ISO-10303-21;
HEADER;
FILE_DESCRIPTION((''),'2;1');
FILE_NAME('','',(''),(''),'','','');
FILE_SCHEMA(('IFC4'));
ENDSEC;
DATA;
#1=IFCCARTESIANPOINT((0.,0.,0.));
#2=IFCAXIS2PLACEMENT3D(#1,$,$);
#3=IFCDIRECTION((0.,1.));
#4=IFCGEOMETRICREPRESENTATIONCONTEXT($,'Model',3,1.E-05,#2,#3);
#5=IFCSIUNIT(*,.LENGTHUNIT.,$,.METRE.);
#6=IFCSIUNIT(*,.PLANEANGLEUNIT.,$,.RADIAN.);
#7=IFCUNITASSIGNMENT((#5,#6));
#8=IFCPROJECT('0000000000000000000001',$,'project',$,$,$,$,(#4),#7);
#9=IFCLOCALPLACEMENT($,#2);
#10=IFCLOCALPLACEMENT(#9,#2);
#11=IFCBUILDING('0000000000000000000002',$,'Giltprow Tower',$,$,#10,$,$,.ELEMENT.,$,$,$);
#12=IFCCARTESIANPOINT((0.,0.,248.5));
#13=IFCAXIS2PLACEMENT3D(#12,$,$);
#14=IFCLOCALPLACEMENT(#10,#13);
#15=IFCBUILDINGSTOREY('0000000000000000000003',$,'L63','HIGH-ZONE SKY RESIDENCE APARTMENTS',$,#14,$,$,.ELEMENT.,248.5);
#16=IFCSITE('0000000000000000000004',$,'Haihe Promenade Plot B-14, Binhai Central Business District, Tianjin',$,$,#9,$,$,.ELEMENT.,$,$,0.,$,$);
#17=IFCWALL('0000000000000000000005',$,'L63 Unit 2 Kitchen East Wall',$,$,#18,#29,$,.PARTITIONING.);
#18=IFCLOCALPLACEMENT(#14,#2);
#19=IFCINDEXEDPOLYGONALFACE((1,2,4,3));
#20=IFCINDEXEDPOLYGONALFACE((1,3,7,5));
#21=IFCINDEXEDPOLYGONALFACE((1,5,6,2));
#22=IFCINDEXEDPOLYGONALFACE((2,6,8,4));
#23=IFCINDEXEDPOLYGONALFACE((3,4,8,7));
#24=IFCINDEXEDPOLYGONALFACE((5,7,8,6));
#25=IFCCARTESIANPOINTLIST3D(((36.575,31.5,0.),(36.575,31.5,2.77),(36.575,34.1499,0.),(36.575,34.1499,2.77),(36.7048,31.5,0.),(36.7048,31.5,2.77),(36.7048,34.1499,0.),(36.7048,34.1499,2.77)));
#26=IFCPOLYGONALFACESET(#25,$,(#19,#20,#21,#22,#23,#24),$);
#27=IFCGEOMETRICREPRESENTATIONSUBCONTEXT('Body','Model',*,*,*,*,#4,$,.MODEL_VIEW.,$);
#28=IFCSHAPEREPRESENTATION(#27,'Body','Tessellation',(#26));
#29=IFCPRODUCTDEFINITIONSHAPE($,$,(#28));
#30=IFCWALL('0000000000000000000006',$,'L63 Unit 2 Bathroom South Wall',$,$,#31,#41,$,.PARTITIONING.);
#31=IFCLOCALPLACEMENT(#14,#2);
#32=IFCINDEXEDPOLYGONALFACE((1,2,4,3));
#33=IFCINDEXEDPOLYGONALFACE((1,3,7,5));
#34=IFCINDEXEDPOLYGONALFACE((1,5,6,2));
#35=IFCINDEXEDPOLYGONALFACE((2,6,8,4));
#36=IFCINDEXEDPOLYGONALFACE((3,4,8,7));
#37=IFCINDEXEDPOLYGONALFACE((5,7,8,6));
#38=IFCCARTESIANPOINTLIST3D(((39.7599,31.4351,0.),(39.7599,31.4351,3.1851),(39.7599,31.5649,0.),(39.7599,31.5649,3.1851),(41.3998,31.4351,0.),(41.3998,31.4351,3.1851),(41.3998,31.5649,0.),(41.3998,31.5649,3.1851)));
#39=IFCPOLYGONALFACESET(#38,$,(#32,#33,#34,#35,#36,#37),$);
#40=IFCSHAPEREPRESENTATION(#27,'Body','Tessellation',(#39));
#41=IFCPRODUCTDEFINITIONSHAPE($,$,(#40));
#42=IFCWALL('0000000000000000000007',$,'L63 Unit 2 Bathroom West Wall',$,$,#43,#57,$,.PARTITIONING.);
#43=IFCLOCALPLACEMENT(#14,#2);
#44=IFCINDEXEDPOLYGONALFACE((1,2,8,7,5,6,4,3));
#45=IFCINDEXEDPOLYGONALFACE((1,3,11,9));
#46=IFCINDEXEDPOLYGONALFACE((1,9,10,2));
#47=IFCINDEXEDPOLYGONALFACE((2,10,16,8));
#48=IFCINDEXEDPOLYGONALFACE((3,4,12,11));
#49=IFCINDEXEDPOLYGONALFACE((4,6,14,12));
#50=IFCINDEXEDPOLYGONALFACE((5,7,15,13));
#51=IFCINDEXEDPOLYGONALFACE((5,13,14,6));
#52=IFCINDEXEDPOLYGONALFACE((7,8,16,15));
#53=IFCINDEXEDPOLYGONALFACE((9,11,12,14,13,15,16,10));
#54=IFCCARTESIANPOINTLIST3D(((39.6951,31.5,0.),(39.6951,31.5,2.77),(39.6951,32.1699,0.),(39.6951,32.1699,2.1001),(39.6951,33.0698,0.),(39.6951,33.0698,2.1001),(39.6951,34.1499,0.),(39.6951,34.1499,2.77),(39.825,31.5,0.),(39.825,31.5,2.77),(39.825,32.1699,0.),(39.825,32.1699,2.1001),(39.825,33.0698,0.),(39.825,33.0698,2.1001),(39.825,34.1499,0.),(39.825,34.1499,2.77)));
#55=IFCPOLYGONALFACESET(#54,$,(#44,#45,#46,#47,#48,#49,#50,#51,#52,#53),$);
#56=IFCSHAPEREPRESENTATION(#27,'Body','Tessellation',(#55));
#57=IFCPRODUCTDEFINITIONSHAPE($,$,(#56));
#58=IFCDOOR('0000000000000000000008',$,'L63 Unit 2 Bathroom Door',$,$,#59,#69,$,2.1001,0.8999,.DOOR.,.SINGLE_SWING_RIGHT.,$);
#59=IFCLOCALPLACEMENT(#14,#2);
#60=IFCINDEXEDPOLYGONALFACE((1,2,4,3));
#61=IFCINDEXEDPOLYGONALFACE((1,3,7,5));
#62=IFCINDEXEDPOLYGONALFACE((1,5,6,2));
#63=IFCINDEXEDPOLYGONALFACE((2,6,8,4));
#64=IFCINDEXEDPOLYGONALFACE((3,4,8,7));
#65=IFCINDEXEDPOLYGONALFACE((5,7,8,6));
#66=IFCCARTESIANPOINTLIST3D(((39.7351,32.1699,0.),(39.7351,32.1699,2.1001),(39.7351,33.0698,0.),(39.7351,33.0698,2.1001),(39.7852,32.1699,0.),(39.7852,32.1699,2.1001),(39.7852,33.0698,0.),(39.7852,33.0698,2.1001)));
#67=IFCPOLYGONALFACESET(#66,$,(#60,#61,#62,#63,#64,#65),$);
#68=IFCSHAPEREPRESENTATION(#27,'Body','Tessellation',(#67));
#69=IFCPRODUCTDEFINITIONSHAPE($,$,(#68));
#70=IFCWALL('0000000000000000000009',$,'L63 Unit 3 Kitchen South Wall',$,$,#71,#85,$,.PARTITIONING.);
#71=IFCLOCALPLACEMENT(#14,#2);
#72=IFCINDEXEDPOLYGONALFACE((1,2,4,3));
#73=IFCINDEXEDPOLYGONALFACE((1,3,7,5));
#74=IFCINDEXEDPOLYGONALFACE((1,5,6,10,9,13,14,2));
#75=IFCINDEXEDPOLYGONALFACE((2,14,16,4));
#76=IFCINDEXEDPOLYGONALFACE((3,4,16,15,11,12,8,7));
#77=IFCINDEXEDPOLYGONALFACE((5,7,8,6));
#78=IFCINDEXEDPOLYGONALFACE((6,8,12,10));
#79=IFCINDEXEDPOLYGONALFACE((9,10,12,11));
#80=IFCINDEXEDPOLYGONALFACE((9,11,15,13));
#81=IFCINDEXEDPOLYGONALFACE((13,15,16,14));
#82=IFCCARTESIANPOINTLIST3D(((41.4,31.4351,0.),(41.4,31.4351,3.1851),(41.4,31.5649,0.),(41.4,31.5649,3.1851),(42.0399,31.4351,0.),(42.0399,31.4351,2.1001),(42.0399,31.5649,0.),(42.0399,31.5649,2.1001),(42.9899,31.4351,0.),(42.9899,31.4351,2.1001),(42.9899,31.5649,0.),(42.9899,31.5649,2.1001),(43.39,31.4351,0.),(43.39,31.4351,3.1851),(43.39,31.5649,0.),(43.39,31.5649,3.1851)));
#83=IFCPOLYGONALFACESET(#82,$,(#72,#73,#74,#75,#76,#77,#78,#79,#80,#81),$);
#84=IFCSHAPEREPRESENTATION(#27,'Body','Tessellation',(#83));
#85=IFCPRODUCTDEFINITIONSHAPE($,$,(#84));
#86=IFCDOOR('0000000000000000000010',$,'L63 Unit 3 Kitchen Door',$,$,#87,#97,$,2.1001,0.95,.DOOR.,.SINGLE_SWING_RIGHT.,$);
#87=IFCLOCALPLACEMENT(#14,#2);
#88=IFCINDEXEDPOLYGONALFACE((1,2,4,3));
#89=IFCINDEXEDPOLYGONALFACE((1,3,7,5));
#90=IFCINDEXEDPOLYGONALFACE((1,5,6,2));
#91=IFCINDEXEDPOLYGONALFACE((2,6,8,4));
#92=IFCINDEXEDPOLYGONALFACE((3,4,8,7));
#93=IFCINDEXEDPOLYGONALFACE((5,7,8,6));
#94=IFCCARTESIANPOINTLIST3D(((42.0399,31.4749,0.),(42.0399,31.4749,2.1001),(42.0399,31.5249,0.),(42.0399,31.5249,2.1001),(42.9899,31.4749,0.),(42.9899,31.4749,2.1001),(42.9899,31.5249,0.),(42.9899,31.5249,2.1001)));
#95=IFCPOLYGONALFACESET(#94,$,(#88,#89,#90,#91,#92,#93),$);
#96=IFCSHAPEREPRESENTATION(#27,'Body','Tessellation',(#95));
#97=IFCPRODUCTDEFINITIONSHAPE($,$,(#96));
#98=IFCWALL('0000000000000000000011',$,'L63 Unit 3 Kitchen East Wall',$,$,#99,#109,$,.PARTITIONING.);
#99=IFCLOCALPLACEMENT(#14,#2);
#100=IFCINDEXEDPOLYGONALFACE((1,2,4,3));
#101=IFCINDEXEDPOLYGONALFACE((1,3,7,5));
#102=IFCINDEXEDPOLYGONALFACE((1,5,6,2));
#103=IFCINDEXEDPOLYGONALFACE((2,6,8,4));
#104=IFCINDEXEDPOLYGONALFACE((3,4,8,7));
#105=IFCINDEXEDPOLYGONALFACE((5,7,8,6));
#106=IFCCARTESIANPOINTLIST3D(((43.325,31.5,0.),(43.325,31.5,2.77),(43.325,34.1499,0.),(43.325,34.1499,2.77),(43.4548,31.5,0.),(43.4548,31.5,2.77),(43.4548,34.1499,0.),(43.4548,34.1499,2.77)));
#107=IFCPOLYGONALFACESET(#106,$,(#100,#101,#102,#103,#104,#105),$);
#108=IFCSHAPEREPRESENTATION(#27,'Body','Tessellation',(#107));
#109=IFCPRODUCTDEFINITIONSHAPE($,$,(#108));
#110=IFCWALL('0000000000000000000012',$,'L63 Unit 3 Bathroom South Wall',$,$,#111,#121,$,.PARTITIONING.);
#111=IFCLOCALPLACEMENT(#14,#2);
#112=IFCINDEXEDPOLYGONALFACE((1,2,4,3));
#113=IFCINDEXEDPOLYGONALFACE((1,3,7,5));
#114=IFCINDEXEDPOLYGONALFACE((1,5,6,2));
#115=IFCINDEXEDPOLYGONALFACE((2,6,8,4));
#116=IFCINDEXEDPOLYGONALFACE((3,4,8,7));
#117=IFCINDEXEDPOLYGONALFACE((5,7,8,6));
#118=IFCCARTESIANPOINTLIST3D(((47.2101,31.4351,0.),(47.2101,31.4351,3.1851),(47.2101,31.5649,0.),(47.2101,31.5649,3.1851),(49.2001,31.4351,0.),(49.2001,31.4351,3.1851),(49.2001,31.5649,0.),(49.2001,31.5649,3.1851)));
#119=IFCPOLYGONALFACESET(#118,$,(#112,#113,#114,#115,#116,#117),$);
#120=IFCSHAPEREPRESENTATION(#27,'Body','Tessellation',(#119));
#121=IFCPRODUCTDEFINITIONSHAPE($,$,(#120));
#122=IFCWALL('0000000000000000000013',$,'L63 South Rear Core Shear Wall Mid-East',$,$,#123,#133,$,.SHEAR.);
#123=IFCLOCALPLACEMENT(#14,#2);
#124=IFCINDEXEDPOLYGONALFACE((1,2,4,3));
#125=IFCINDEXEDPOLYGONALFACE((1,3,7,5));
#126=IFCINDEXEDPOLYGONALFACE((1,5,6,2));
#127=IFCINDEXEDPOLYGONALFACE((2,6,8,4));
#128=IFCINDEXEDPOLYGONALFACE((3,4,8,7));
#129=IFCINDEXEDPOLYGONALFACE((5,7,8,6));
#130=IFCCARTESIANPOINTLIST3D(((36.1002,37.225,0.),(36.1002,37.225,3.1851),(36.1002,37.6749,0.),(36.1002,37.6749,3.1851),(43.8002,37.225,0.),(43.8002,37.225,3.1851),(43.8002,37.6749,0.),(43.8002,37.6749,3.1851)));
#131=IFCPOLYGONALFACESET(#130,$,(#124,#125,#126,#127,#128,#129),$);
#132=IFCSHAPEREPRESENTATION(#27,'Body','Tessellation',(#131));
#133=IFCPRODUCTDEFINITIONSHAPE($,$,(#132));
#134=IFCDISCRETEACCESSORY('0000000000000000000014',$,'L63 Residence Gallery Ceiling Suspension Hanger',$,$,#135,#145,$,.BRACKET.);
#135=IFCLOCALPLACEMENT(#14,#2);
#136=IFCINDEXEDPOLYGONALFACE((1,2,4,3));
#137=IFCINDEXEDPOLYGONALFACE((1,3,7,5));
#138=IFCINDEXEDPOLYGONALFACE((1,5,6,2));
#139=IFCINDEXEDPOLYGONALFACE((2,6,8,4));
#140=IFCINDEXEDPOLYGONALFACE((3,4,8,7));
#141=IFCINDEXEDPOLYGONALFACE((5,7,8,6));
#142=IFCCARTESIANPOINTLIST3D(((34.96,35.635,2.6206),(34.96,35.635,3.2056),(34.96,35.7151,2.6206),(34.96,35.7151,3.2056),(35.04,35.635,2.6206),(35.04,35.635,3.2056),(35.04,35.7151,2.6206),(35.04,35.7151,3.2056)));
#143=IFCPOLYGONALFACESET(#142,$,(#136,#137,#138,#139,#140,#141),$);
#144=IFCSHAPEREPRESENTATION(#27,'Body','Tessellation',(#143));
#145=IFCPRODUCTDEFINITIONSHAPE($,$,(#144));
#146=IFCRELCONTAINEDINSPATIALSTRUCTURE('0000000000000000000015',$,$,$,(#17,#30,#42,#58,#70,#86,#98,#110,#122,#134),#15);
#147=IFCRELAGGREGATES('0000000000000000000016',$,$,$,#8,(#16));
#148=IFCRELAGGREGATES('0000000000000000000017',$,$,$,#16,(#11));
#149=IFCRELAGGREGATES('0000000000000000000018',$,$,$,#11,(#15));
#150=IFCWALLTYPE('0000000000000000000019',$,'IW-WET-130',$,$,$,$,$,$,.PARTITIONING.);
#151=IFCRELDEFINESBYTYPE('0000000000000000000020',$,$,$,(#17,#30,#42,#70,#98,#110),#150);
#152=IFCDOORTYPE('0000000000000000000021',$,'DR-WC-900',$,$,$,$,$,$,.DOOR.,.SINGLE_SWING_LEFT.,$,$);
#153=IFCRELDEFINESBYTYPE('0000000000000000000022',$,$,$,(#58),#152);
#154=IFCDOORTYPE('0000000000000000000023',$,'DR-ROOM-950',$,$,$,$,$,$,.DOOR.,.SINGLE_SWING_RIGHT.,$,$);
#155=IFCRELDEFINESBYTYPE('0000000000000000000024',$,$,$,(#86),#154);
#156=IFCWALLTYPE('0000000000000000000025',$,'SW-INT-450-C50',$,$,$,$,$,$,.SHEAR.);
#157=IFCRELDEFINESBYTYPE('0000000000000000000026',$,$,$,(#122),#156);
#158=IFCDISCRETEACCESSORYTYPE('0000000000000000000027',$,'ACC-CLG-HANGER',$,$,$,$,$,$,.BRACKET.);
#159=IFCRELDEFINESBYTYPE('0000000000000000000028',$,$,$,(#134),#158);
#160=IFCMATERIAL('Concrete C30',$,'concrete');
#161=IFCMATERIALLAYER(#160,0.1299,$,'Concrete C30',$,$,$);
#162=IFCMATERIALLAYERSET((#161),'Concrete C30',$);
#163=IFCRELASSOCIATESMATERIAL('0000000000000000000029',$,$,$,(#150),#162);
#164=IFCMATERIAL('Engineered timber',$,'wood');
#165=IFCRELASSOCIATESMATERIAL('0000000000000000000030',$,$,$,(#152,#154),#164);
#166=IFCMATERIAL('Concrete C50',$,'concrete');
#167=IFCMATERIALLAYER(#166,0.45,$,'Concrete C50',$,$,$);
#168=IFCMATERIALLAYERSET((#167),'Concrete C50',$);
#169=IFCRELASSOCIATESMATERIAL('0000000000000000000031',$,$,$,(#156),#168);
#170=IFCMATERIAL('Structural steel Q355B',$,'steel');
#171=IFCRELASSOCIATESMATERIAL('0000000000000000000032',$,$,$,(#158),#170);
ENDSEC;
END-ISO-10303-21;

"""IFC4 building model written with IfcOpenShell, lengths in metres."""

from ifc_helpers import new_model, si_unit, direction, frame, frame_2d, origin, origin_2d, place, context, subcontext, project, spatial, rectangle, extrude, source, transform, mapped, material, layer, layer_set, type_object, element, fill, save


model = new_model("IFC4")

# Units and contexts
model_context = context("Model", 3, precision=1e-05, world=origin(), true_north=direction((0.0, 1.0)))
body_context = subcontext(model_context, "Body", "Model", "MODEL_VIEW")
ifc_project = project(units=[si_unit("LENGTHUNIT", "METRE"), si_unit("PLANEANGLEUNIT", "RADIAN")], contexts=[model_context])

# Site, building, storey
site_placement = place(None, origin())
site = spatial("IfcSite", under=ifc_project, at=site_placement, Name="Haihe Promenade Plot B-14, Binhai Central Business District, Tianjin", CompositionType="ELEMENT", RefElevation=0.0)
building_placement = place(site_placement, origin())
building = spatial("IfcBuilding", under=site, at=building_placement, Name="Giltprow Tower", CompositionType="ELEMENT")
storey_placement = place(building_placement, frame((0.0, 0.0, 248.5)))
storey = spatial("IfcBuildingStorey", under=building, at=storey_placement, Name="L63", Description="HIGH-ZONE SKY RESIDENCE APARTMENTS", CompositionType="ELEMENT", Elevation=248.5)

# Shared definitions
ifc_material_1 = material(Name="Concrete C50", Category="concrete")

# Shared definitions
ifc_material_2 = material(Name="Structural steel Q355B", Category="steel")

# Shared definitions
ifc_material_3 = material(Name="Concrete C30", Category="concrete")
ifc_layer_1 = layer(ifc_material_3, 0.1299, Name="Concrete C30")
ifc_layer_set_1 = layer_set([ifc_layer_1], Name="Concrete C30")
wall_type_1 = type_object("IfcWallType", Name="IW-WET-130", PredefinedType="PARTITIONING", material=ifc_layer_set_1)
ifc_material_4 = material(Name="Engineered timber", Category="wood")
door_type_1 = type_object("IfcDoorType", Name="DR-WC-900", OperationType="SINGLE_SWING_LEFT", PredefinedType="DOOR", material=ifc_material_4)
shared_shape_1 = source(origin(), body_context, "Body", "SweptSolid", [
    extrude(rectangle(XDim=0.8999, YDim=2.1001, at=frame_2d((0.45, 1.05))), frame((0.0, 0.0249, 0.0), z_axis=(0.0, -1.0, 0.0), x_axis=(1.0, 0.0, 0.0)), (0.0, 0.0, 1.0), 0.05),
])
door_type_2 = type_object("IfcDoorType", Name="DR-ROOM-950", OperationType="SINGLE_SWING_RIGHT", PredefinedType="DOOR", material=ifc_material_4)
shared_shape_2 = source(origin(), body_context, "Body", "SweptSolid", [
    extrude(rectangle(XDim=0.95, YDim=2.1001, at=frame_2d((0.4751, 1.05))), frame((0.0, 0.0249, 0.0), z_axis=(0.0, -1.0, 0.0), x_axis=(1.0, 0.0, 0.0)), (0.0, 0.0, 1.0), 0.05),
])

# Walls
wall_1_placement = place(storey_placement, frame((36.6399, 31.5, 0.0), z_axis=(0.0, 0.0, 1.0), x_axis=(0.0, 1.0, 0.0)))
element("IfcWall", 1, at=wall_1_placement, inside=storey, type_object=wall_type_1, Name="L63 Unit 2 Kitchen East Wall", PredefinedType="PARTITIONING", context=body_context, shape_type="SweptSolid", body=[
    extrude(rectangle(XDim=2.6499, YDim=0.1299, at=frame_2d((1.325, 0.0))), origin(), (0.0, 0.0, 1.0), 2.77),
])
wall_2_placement = place(storey_placement, frame((39.76, 31.5, 0.0), z_axis=(0.0, 0.0, 1.0), x_axis=(1.0, 0.0, 0.0)))
element("IfcWall", 2, at=wall_2_placement, inside=storey, type_object=wall_type_1, Name="L63 Unit 2 Bathroom South Wall", PredefinedType="PARTITIONING", context=body_context, shape_type="SweptSolid", body=[
    extrude(rectangle(XDim=1.6399, YDim=0.1299, at=frame_2d((0.8198, 0.0))), origin(), (0.0, 0.0, 1.0), 3.1851),
])

# Walls, openings, doors
wall_3_placement = place(storey_placement, frame((39.76, 31.5, 0.0), z_axis=(0.0, 0.0, 1.0), x_axis=(0.0, 1.0, 0.0)))
wall_3 = element("IfcWall", 3, at=wall_3_placement, inside=storey, type_object=wall_type_1, Name="L63 Unit 2 Bathroom West Wall", PredefinedType="PARTITIONING", context=body_context, shape_type="SweptSolid", body=[
    extrude(rectangle(XDim=2.6499, YDim=0.1299, at=frame_2d((1.325, 0.0))), origin(), (0.0, 0.0, 1.0), 2.77),
])
opening_1_placement = place(wall_3_placement, frame((0.6699, 0.0, 0.0)))
opening_1 = element("IfcOpeningElement", 4, at=opening_1_placement, cuts=wall_3, PredefinedType="OPENING", context=body_context, shape_type="SweptSolid", body=[
    extrude(rectangle(XDim=0.8999, YDim=2.1001, at=frame_2d((0.45, 1.05))), frame((0.0, 0.075, 0.0), z_axis=(0.0, -1.0, 0.0), x_axis=(1.0, 0.0, 0.0)), (0.0, 0.0, 1.0), 0.1499),
])
door_1_placement = place(opening_1_placement, origin())
door_1 = element("IfcDoor", 5, at=door_1_placement, inside=storey, type_object=door_type_1, Name="L63 Unit 2 Bathroom Door", OperationType="SINGLE_SWING_RIGHT", OverallHeight=2.1001, OverallWidth=0.8999, PredefinedType="DOOR", context=body_context, shape_type="MappedRepresentation", body=[
    mapped(shared_shape_1, transform((0.0, 0.0, 0.0), x_axis=(1.0, 0.0, 0.0), y_axis=(0.0, 1.0, 0.0), z_axis=(0.0, 0.0, 1.0), scale=1.0)),
])
fill(opening_1, door_1)
wall_4_placement = place(storey_placement, frame((41.3999, 31.5, 0.0), z_axis=(0.0, 0.0, 1.0), x_axis=(1.0, 0.0, 0.0)))
wall_4 = element("IfcWall", 6, at=wall_4_placement, inside=storey, type_object=wall_type_1, Name="L63 Unit 3 Kitchen South Wall", PredefinedType="PARTITIONING", context=body_context, shape_type="SweptSolid", body=[
    extrude(rectangle(XDim=1.99, YDim=0.1299, at=frame_2d((0.9951, 0.0))), origin(), (0.0, 0.0, 1.0), 3.1851),
])
opening_2_placement = place(wall_4_placement, frame((0.6399, 0.0, 0.0)))
opening_2 = element("IfcOpeningElement", 7, at=opening_2_placement, cuts=wall_4, PredefinedType="OPENING", context=body_context, shape_type="SweptSolid", body=[
    extrude(rectangle(XDim=0.95, YDim=2.1001, at=frame_2d((0.4751, 1.05))), frame((0.0, 0.075, 0.0), z_axis=(0.0, -1.0, 0.0), x_axis=(1.0, 0.0, 0.0)), (0.0, 0.0, 1.0), 0.1499),
])
door_2_placement = place(opening_2_placement, origin())
door_2 = element("IfcDoor", 8, at=door_2_placement, inside=storey, type_object=door_type_2, Name="L63 Unit 3 Kitchen Door", OperationType="SINGLE_SWING_RIGHT", OverallHeight=2.1001, OverallWidth=0.95, PredefinedType="DOOR", context=body_context, shape_type="MappedRepresentation", body=[
    mapped(shared_shape_2, transform((0.0, 0.0, 0.0), x_axis=(1.0, 0.0, 0.0), y_axis=(0.0, 1.0, 0.0), z_axis=(0.0, 0.0, 1.0), scale=1.0)),
])
fill(opening_2, door_2)

# Walls
wall_5_placement = place(storey_placement, frame((43.3899, 31.5, 0.0), z_axis=(0.0, 0.0, 1.0), x_axis=(0.0, 1.0, 0.0)))
element("IfcWall", 9, at=wall_5_placement, inside=storey, type_object=wall_type_1, Name="L63 Unit 3 Kitchen East Wall", PredefinedType="PARTITIONING", context=body_context, shape_type="SweptSolid", body=[
    extrude(rectangle(XDim=2.6499, YDim=0.1299, at=frame_2d((1.325, 0.0))), origin(), (0.0, 0.0, 1.0), 2.77),
])
wall_6_placement = place(storey_placement, frame((47.21, 31.5, 0.0), z_axis=(0.0, 0.0, 1.0), x_axis=(1.0, 0.0, 0.0)))
element("IfcWall", 10, at=wall_6_placement, inside=storey, type_object=wall_type_1, Name="L63 Unit 3 Bathroom South Wall", PredefinedType="PARTITIONING", context=body_context, shape_type="SweptSolid", body=[
    extrude(rectangle(XDim=1.99, YDim=0.1299, at=frame_2d((0.9951, 0.0))), origin(), (0.0, 0.0, 1.0), 3.1851),
])
ifc_layer_2 = layer(ifc_material_1, 0.45, Name="Concrete C50")
ifc_layer_set_2 = layer_set([ifc_layer_2], Name="Concrete C50")
wall_type_2 = type_object("IfcWallType", Name="SW-INT-450-C50", PredefinedType="SHEAR", material=ifc_layer_set_2)
wall_7_placement = place(storey_placement, frame((36.1001, 37.45, 0.0), z_axis=(0.0, 0.0, 1.0), x_axis=(1.0, 0.0, 0.0)))
element("IfcWall", 11, at=wall_7_placement, inside=storey, type_object=wall_type_2, Name="L63 South Rear Core Shear Wall Mid-East", PredefinedType="SHEAR", context=body_context, shape_type="SweptSolid", body=[
    extrude(rectangle(XDim=7.7, YDim=0.45, at=frame_2d((3.8501, 0.0))), origin(), (0.0, 0.0, 1.0), 3.1851),
])

# Discrete accessory
discrete_accessory_type = type_object("IfcDiscreteAccessoryType", Name="ACC-CLG-HANGER", PredefinedType="BRACKET", material=ifc_material_2)
shared_shape_3 = source(origin(), body_context, "Body", "SweptSolid", [
    extrude(rectangle(XDim=0.0801, YDim=0.0801, at=origin_2d()), origin(), (0.0, 0.0, 1.0), 0.585),
])
discrete_accessory_placement = place(storey_placement, frame((35.0, 35.675, 2.6206), z_axis=(0.0, 0.0, 1.0), x_axis=(1.0, 0.0, 0.0)))
element("IfcDiscreteAccessory", 12, at=discrete_accessory_placement, inside=storey, type_object=discrete_accessory_type, Name="L63 Residence Gallery Ceiling Suspension Hanger", PredefinedType="BRACKET", context=body_context, shape_type="MappedRepresentation", body=[
    mapped(shared_shape_3, transform((0.0, 0.0, 0.0), x_axis=(1.0, 0.0, 0.0), y_axis=(0.0, 1.0, 0.0), z_axis=(0.0, 0.0, 1.0), scale=1.0)),
])

save(model, "model.ifc")
